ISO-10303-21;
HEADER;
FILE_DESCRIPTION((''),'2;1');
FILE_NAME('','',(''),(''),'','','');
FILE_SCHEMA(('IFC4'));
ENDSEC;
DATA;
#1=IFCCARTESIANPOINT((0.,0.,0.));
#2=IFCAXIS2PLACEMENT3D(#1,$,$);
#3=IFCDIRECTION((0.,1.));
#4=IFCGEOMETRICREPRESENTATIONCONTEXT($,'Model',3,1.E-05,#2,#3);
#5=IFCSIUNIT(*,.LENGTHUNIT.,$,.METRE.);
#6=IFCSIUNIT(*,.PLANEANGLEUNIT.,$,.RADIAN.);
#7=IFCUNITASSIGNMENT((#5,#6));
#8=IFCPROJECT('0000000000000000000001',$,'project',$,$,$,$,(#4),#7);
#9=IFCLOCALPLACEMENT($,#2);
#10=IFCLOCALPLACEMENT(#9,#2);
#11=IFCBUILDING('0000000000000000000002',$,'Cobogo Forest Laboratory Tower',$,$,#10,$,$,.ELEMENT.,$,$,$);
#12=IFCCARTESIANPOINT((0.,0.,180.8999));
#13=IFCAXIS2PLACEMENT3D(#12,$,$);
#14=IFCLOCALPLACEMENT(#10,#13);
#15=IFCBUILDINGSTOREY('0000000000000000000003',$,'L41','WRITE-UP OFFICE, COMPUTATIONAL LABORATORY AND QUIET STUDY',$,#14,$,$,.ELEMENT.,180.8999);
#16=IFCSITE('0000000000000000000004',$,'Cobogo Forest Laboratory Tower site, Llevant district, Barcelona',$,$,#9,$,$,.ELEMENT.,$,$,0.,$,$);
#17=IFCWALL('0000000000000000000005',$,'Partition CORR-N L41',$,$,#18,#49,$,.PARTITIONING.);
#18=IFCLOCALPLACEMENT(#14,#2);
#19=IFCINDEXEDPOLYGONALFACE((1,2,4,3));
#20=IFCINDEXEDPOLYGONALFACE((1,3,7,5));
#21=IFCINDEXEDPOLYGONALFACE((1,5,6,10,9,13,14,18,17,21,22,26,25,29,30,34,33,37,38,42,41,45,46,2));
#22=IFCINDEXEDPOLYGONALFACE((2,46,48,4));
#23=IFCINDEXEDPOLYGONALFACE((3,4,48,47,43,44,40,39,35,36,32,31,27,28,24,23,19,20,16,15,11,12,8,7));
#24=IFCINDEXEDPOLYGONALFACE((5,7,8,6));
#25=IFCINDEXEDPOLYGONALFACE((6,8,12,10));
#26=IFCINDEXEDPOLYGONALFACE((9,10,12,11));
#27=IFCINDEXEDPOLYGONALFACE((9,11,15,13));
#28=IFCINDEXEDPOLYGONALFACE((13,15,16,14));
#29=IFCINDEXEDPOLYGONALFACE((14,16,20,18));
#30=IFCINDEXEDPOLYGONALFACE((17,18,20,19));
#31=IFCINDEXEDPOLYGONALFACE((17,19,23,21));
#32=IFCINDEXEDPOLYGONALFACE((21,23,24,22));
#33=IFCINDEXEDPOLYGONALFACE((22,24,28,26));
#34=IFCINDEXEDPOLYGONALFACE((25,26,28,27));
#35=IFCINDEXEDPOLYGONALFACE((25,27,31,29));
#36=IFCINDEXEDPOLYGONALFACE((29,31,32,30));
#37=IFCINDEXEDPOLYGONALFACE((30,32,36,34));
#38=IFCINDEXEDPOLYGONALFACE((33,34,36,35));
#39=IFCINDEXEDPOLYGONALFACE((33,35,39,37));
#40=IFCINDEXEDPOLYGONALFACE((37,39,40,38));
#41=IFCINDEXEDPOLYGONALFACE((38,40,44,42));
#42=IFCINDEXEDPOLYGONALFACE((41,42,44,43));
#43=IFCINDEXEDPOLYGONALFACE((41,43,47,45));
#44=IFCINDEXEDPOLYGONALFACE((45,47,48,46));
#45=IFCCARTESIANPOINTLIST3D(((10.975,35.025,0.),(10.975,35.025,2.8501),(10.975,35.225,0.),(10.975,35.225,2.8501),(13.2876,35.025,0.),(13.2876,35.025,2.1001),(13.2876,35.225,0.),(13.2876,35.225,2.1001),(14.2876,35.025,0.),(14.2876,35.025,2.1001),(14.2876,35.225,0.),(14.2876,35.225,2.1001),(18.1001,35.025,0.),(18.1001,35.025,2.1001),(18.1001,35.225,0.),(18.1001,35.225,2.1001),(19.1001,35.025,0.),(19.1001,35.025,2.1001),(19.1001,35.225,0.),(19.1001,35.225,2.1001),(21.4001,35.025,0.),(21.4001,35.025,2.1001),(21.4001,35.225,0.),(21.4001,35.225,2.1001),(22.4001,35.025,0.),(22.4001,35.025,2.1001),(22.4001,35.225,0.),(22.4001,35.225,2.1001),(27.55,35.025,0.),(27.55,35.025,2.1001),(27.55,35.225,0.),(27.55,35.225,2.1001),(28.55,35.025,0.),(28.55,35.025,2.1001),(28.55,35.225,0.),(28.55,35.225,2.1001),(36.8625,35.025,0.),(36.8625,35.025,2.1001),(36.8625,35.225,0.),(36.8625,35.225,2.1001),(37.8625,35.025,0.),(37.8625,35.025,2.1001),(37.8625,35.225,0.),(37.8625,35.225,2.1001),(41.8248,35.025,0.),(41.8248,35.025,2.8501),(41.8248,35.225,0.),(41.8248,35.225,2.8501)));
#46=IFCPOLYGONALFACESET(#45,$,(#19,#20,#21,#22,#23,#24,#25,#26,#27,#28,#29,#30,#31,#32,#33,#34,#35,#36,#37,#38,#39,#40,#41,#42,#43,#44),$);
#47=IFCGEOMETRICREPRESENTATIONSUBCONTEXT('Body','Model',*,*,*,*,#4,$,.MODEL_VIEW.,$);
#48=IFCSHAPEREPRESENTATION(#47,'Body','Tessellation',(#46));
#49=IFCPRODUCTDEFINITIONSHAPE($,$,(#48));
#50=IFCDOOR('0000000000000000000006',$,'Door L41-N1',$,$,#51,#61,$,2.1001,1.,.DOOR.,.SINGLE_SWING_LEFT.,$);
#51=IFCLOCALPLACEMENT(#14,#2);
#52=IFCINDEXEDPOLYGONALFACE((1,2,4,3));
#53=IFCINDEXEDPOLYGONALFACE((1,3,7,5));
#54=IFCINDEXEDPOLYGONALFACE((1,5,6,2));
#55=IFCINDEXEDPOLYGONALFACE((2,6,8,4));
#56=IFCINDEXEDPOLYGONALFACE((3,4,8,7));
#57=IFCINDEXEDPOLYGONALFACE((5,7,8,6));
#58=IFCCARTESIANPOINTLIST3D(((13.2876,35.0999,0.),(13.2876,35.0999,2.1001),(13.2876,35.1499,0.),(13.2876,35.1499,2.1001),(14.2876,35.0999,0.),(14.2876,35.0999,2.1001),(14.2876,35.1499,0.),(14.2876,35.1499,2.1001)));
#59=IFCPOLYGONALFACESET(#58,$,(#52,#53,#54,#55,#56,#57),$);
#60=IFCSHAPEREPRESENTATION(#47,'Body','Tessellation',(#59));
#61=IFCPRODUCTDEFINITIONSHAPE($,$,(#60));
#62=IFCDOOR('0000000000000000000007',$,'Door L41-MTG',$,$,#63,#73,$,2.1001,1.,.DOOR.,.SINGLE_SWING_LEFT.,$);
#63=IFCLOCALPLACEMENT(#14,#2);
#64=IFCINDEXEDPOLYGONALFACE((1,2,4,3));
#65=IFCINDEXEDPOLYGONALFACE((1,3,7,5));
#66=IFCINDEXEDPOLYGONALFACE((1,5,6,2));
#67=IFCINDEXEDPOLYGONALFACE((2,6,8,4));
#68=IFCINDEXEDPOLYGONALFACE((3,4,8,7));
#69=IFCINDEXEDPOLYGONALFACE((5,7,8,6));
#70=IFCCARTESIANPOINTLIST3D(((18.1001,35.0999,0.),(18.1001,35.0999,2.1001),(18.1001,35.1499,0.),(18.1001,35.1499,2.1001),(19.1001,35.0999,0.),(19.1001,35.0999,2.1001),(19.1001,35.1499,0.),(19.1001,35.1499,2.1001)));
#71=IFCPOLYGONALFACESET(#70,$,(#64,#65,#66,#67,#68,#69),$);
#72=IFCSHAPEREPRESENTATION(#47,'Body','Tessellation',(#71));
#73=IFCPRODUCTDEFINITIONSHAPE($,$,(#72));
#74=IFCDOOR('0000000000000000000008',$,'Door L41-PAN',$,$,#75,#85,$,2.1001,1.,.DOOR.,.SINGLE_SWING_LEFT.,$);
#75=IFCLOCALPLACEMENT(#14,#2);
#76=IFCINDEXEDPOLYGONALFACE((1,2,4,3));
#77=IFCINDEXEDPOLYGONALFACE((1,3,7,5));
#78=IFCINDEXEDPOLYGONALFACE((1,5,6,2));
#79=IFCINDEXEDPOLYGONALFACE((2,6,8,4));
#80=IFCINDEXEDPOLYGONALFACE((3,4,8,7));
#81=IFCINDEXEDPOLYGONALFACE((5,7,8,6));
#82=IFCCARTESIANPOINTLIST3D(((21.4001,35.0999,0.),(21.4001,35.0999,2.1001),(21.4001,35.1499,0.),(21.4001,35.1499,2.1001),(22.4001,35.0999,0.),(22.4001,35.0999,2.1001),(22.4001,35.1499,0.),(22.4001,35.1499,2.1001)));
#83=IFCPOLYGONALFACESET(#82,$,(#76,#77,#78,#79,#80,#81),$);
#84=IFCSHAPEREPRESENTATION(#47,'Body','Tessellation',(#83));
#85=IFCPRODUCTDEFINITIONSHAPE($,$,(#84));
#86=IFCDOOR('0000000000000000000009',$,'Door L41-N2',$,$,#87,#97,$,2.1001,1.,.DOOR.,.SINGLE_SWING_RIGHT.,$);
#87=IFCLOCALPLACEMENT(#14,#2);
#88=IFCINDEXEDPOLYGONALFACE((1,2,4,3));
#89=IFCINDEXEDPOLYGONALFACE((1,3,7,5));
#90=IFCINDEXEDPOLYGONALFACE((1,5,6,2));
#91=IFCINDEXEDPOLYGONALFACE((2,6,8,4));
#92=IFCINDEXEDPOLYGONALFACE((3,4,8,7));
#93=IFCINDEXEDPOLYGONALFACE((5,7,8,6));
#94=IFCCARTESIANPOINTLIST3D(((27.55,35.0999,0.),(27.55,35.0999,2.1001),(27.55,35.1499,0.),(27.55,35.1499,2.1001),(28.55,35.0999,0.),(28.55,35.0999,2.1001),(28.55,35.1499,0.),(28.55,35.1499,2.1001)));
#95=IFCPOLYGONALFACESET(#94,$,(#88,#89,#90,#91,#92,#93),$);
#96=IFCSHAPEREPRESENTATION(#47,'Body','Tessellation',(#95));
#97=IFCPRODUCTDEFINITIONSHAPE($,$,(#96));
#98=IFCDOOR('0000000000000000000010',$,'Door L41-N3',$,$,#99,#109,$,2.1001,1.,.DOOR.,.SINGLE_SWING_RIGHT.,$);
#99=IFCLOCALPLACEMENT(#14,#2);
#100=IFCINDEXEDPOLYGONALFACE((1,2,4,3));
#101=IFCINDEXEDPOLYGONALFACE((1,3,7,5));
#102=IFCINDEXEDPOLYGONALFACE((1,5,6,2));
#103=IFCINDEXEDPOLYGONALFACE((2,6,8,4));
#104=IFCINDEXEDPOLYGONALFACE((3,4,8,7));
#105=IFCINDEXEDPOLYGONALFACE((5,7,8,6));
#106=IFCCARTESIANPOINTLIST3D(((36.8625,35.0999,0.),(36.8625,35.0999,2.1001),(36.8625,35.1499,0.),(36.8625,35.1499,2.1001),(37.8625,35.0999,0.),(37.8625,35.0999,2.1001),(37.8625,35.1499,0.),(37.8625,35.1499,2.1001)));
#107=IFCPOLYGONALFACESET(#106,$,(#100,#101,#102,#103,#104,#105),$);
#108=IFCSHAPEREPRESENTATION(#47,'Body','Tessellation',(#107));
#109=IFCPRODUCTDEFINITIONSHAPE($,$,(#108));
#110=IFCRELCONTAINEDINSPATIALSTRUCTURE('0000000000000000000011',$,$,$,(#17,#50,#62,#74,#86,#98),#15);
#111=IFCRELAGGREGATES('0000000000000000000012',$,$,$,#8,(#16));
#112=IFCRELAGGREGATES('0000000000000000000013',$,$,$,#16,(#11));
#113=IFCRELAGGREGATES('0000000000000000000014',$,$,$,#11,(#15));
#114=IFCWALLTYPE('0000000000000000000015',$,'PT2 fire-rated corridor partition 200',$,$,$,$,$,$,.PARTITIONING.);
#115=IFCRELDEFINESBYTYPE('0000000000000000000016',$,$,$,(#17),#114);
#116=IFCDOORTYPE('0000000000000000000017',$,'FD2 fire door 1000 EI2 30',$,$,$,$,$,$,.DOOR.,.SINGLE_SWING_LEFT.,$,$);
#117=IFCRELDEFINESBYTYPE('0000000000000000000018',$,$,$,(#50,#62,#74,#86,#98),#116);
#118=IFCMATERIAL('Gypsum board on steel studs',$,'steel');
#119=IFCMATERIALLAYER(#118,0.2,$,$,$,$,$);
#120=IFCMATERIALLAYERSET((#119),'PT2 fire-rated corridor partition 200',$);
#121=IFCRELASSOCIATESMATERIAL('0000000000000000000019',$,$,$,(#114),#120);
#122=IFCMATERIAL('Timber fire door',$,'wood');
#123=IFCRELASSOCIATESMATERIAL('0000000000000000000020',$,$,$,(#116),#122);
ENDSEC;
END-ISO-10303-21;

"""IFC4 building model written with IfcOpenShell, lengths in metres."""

from ifc_helpers import new_model, si_unit, direction, frame, frame_2d, origin, place, context, subcontext, project, spatial, rectangle, extrude, material, layer, layer_set, type_object, element, fill, save


model = new_model("IFC4")

# Units and contexts
model_context = context("Model", 3, precision=1e-05, world=origin(), true_north=direction((0.0, 1.0)))
body_context = subcontext(model_context, "Body", "Model", "MODEL_VIEW")
ifc_project = project(units=[si_unit("LENGTHUNIT", "METRE"), si_unit("PLANEANGLEUNIT", "RADIAN")], contexts=[model_context])

# Site, building, storey
site_placement = place(None, origin())
site = spatial("IfcSite", under=ifc_project, at=site_placement, Name="Cobogo Forest Laboratory Tower site, Llevant district, Barcelona", CompositionType="ELEMENT", RefElevation=0.0)
building_placement = place(site_placement, origin())
building = spatial("IfcBuilding", under=site, at=building_placement, Name="Cobogo Forest Laboratory Tower", CompositionType="ELEMENT")
storey_placement = place(building_placement, frame((0.0, 0.0, 180.8999)))
storey = spatial("IfcBuildingStorey", under=building, at=storey_placement, Name="L41", Description="WRITE-UP OFFICE, COMPUTATIONAL LABORATORY AND QUIET STUDY", CompositionType="ELEMENT", Elevation=180.8999)

# Shared definitions
ifc_material_1 = material(Name="Gypsum board on steel studs", Category="steel")

# Wall, openings, doors
ifc_layer_1 = layer(ifc_material_1, 0.2)
ifc_layer_set_1 = layer_set([ifc_layer_1], Name="PT2 fire-rated corridor partition 200")
wall_type_1 = type_object("IfcWallType", Name="PT2 fire-rated corridor partition 200", PredefinedType="PARTITIONING", material=ifc_layer_set_1)
wall_placement = place(storey_placement, frame((10.9751, 35.125, 0.0), z_axis=(0.0, 0.0, 1.0), x_axis=(1.0, 0.0, 0.0)))
wall = element("IfcWall", 1, at=wall_placement, inside=storey, type_object=wall_type_1, Name="Partition CORR-N L41", PredefinedType="PARTITIONING", context=body_context, shape_type="SweptSolid", body=[
    extrude(rectangle(XDim=30.8499, YDim=0.2, at=frame_2d((15.4248, 0.0))), origin(), (0.0, 0.0, 1.0), 2.8501),
])
opening_1_placement = place(wall_placement, frame((2.3125, 0.0, 0.0)))
opening_1 = element("IfcOpeningElement", 2, at=opening_1_placement, cuts=wall, PredefinedType="OPENING", context=body_context, shape_type="SweptSolid", body=[
    extrude(rectangle(XDim=1.0, YDim=2.1001, at=frame_2d((0.5, 1.05))), frame((0.0, 0.1099, 0.0), z_axis=(0.0, -1.0, 0.0), x_axis=(1.0, 0.0, 0.0)), (0.0, 0.0, 1.0), 0.22),
])
opening_2_placement = place(wall_placement, frame((7.125, 0.0, 0.0)))
opening_2 = element("IfcOpeningElement", 3, at=opening_2_placement, cuts=wall, PredefinedType="OPENING", context=body_context, shape_type="SweptSolid", body=[
    extrude(rectangle(XDim=1.0, YDim=2.1001, at=frame_2d((0.5, 1.05))), frame((0.0, 0.1099, 0.0), z_axis=(0.0, -1.0, 0.0), x_axis=(1.0, 0.0, 0.0)), (0.0, 0.0, 1.0), 0.22),
])
opening_3_placement = place(wall_placement, frame((10.425, 0.0, 0.0)))
opening_3 = element("IfcOpeningElement", 4, at=opening_3_placement, cuts=wall, PredefinedType="OPENING", context=body_context, shape_type="SweptSolid", body=[
    extrude(rectangle(XDim=1.0, YDim=2.1001, at=frame_2d((0.5, 1.05))), frame((0.0, 0.1099, 0.0), z_axis=(0.0, -1.0, 0.0), x_axis=(1.0, 0.0, 0.0)), (0.0, 0.0, 1.0), 0.22),
])
opening_4_placement = place(wall_placement, frame((16.575, 0.0, 0.0)))
opening_4 = element("IfcOpeningElement", 5, at=opening_4_placement, cuts=wall, PredefinedType="OPENING", context=body_context, shape_type="SweptSolid", body=[
    extrude(rectangle(XDim=1.0, YDim=2.1001, at=frame_2d((0.5, 1.05))), frame((0.0, 0.1099, 0.0), z_axis=(0.0, -1.0, 0.0), x_axis=(1.0, 0.0, 0.0)), (0.0, 0.0, 1.0), 0.22),
])
opening_5_placement = place(wall_placement, frame((25.8875, 0.0, 0.0)))
opening_5 = element("IfcOpeningElement", 6, at=opening_5_placement, cuts=wall, PredefinedType="OPENING", context=body_context, shape_type="SweptSolid", body=[
    extrude(rectangle(XDim=1.0, YDim=2.1001, at=frame_2d((0.5, 1.05))), frame((0.0, 0.1099, 0.0), z_axis=(0.0, -1.0, 0.0), x_axis=(1.0, 0.0, 0.0)), (0.0, 0.0, 1.0), 0.22),
])
ifc_material_2 = material(Name="Timber fire door", Category="wood")
door_type = type_object("IfcDoorType", Name="FD2 fire door 1000 EI2 30", OperationType="SINGLE_SWING_LEFT", PredefinedType="DOOR", material=ifc_material_2)
door_1_placement = place(opening_1_placement, origin())
door_1 = element("IfcDoor", 7, at=door_1_placement, inside=storey, type_object=door_type, Name="Door L41-N1", OperationType="SINGLE_SWING_LEFT", OverallHeight=2.1001, OverallWidth=1.0, PredefinedType="DOOR", context=body_context, shape_type="SweptSolid", body=[
    extrude(rectangle(XDim=1.0, YDim=2.1001, at=frame_2d((0.5, 1.05))), frame((0.0, 0.0249, 0.0), z_axis=(0.0, -1.0, 0.0), x_axis=(1.0, 0.0, 0.0)), (0.0, 0.0, 1.0), 0.05),
])
fill(opening_1, door_1)
door_2_placement = place(opening_2_placement, origin())
door_2 = element("IfcDoor", 8, at=door_2_placement, inside=storey, type_object=door_type, Name="Door L41-MTG", OperationType="SINGLE_SWING_LEFT", OverallHeight=2.1001, OverallWidth=1.0, PredefinedType="DOOR", context=body_context, shape_type="SweptSolid", body=[
    extrude(rectangle(XDim=1.0, YDim=2.1001, at=frame_2d((0.5, 1.05))), frame((0.0, 0.0249, 0.0), z_axis=(0.0, -1.0, 0.0), x_axis=(1.0, 0.0, 0.0)), (0.0, 0.0, 1.0), 0.05),
])
fill(opening_2, door_2)
door_3_placement = place(opening_3_placement, origin())
door_3 = element("IfcDoor", 9, at=door_3_placement, inside=storey, type_object=door_type, Name="Door L41-PAN", OperationType="SINGLE_SWING_LEFT", OverallHeight=2.1001, OverallWidth=1.0, PredefinedType="DOOR", context=body_context, shape_type="SweptSolid", body=[
    extrude(rectangle(XDim=1.0, YDim=2.1001, at=frame_2d((0.5, 1.05))), frame((0.0, 0.0249, 0.0), z_axis=(0.0, -1.0, 0.0), x_axis=(1.0, 0.0, 0.0)), (0.0, 0.0, 1.0), 0.05),
])
fill(opening_3, door_3)
door_4_placement = place(opening_4_placement, origin())
door_4 = element("IfcDoor", 10, at=door_4_placement, inside=storey, type_object=door_type, Name="Door L41-N2", OperationType="SINGLE_SWING_RIGHT", OverallHeight=2.1001, OverallWidth=1.0, PredefinedType="DOOR", context=body_context, shape_type="SweptSolid", body=[
    extrude(rectangle(XDim=1.0, YDim=2.1001, at=frame_2d((0.5, 1.05))), frame((0.0, 0.0249, 0.0), z_axis=(0.0, -1.0, 0.0), x_axis=(1.0, 0.0, 0.0)), (0.0, 0.0, 1.0), 0.05),
])
fill(opening_4, door_4)
door_5_placement = place(opening_5_placement, origin())
door_5 = element("IfcDoor", 11, at=door_5_placement, inside=storey, type_object=door_type, Name="Door L41-N3", OperationType="SINGLE_SWING_RIGHT", OverallHeight=2.1001, OverallWidth=1.0, PredefinedType="DOOR", context=body_context, shape_type="SweptSolid", body=[
    extrude(rectangle(XDim=1.0, YDim=2.1001, at=frame_2d((0.5, 1.05))), frame((0.0, 0.0249, 0.0), z_axis=(0.0, -1.0, 0.0), x_axis=(1.0, 0.0, 0.0)), (0.0, 0.0, 1.0), 0.05),
])
fill(opening_5, door_5)

save(model, "model.ifc")
